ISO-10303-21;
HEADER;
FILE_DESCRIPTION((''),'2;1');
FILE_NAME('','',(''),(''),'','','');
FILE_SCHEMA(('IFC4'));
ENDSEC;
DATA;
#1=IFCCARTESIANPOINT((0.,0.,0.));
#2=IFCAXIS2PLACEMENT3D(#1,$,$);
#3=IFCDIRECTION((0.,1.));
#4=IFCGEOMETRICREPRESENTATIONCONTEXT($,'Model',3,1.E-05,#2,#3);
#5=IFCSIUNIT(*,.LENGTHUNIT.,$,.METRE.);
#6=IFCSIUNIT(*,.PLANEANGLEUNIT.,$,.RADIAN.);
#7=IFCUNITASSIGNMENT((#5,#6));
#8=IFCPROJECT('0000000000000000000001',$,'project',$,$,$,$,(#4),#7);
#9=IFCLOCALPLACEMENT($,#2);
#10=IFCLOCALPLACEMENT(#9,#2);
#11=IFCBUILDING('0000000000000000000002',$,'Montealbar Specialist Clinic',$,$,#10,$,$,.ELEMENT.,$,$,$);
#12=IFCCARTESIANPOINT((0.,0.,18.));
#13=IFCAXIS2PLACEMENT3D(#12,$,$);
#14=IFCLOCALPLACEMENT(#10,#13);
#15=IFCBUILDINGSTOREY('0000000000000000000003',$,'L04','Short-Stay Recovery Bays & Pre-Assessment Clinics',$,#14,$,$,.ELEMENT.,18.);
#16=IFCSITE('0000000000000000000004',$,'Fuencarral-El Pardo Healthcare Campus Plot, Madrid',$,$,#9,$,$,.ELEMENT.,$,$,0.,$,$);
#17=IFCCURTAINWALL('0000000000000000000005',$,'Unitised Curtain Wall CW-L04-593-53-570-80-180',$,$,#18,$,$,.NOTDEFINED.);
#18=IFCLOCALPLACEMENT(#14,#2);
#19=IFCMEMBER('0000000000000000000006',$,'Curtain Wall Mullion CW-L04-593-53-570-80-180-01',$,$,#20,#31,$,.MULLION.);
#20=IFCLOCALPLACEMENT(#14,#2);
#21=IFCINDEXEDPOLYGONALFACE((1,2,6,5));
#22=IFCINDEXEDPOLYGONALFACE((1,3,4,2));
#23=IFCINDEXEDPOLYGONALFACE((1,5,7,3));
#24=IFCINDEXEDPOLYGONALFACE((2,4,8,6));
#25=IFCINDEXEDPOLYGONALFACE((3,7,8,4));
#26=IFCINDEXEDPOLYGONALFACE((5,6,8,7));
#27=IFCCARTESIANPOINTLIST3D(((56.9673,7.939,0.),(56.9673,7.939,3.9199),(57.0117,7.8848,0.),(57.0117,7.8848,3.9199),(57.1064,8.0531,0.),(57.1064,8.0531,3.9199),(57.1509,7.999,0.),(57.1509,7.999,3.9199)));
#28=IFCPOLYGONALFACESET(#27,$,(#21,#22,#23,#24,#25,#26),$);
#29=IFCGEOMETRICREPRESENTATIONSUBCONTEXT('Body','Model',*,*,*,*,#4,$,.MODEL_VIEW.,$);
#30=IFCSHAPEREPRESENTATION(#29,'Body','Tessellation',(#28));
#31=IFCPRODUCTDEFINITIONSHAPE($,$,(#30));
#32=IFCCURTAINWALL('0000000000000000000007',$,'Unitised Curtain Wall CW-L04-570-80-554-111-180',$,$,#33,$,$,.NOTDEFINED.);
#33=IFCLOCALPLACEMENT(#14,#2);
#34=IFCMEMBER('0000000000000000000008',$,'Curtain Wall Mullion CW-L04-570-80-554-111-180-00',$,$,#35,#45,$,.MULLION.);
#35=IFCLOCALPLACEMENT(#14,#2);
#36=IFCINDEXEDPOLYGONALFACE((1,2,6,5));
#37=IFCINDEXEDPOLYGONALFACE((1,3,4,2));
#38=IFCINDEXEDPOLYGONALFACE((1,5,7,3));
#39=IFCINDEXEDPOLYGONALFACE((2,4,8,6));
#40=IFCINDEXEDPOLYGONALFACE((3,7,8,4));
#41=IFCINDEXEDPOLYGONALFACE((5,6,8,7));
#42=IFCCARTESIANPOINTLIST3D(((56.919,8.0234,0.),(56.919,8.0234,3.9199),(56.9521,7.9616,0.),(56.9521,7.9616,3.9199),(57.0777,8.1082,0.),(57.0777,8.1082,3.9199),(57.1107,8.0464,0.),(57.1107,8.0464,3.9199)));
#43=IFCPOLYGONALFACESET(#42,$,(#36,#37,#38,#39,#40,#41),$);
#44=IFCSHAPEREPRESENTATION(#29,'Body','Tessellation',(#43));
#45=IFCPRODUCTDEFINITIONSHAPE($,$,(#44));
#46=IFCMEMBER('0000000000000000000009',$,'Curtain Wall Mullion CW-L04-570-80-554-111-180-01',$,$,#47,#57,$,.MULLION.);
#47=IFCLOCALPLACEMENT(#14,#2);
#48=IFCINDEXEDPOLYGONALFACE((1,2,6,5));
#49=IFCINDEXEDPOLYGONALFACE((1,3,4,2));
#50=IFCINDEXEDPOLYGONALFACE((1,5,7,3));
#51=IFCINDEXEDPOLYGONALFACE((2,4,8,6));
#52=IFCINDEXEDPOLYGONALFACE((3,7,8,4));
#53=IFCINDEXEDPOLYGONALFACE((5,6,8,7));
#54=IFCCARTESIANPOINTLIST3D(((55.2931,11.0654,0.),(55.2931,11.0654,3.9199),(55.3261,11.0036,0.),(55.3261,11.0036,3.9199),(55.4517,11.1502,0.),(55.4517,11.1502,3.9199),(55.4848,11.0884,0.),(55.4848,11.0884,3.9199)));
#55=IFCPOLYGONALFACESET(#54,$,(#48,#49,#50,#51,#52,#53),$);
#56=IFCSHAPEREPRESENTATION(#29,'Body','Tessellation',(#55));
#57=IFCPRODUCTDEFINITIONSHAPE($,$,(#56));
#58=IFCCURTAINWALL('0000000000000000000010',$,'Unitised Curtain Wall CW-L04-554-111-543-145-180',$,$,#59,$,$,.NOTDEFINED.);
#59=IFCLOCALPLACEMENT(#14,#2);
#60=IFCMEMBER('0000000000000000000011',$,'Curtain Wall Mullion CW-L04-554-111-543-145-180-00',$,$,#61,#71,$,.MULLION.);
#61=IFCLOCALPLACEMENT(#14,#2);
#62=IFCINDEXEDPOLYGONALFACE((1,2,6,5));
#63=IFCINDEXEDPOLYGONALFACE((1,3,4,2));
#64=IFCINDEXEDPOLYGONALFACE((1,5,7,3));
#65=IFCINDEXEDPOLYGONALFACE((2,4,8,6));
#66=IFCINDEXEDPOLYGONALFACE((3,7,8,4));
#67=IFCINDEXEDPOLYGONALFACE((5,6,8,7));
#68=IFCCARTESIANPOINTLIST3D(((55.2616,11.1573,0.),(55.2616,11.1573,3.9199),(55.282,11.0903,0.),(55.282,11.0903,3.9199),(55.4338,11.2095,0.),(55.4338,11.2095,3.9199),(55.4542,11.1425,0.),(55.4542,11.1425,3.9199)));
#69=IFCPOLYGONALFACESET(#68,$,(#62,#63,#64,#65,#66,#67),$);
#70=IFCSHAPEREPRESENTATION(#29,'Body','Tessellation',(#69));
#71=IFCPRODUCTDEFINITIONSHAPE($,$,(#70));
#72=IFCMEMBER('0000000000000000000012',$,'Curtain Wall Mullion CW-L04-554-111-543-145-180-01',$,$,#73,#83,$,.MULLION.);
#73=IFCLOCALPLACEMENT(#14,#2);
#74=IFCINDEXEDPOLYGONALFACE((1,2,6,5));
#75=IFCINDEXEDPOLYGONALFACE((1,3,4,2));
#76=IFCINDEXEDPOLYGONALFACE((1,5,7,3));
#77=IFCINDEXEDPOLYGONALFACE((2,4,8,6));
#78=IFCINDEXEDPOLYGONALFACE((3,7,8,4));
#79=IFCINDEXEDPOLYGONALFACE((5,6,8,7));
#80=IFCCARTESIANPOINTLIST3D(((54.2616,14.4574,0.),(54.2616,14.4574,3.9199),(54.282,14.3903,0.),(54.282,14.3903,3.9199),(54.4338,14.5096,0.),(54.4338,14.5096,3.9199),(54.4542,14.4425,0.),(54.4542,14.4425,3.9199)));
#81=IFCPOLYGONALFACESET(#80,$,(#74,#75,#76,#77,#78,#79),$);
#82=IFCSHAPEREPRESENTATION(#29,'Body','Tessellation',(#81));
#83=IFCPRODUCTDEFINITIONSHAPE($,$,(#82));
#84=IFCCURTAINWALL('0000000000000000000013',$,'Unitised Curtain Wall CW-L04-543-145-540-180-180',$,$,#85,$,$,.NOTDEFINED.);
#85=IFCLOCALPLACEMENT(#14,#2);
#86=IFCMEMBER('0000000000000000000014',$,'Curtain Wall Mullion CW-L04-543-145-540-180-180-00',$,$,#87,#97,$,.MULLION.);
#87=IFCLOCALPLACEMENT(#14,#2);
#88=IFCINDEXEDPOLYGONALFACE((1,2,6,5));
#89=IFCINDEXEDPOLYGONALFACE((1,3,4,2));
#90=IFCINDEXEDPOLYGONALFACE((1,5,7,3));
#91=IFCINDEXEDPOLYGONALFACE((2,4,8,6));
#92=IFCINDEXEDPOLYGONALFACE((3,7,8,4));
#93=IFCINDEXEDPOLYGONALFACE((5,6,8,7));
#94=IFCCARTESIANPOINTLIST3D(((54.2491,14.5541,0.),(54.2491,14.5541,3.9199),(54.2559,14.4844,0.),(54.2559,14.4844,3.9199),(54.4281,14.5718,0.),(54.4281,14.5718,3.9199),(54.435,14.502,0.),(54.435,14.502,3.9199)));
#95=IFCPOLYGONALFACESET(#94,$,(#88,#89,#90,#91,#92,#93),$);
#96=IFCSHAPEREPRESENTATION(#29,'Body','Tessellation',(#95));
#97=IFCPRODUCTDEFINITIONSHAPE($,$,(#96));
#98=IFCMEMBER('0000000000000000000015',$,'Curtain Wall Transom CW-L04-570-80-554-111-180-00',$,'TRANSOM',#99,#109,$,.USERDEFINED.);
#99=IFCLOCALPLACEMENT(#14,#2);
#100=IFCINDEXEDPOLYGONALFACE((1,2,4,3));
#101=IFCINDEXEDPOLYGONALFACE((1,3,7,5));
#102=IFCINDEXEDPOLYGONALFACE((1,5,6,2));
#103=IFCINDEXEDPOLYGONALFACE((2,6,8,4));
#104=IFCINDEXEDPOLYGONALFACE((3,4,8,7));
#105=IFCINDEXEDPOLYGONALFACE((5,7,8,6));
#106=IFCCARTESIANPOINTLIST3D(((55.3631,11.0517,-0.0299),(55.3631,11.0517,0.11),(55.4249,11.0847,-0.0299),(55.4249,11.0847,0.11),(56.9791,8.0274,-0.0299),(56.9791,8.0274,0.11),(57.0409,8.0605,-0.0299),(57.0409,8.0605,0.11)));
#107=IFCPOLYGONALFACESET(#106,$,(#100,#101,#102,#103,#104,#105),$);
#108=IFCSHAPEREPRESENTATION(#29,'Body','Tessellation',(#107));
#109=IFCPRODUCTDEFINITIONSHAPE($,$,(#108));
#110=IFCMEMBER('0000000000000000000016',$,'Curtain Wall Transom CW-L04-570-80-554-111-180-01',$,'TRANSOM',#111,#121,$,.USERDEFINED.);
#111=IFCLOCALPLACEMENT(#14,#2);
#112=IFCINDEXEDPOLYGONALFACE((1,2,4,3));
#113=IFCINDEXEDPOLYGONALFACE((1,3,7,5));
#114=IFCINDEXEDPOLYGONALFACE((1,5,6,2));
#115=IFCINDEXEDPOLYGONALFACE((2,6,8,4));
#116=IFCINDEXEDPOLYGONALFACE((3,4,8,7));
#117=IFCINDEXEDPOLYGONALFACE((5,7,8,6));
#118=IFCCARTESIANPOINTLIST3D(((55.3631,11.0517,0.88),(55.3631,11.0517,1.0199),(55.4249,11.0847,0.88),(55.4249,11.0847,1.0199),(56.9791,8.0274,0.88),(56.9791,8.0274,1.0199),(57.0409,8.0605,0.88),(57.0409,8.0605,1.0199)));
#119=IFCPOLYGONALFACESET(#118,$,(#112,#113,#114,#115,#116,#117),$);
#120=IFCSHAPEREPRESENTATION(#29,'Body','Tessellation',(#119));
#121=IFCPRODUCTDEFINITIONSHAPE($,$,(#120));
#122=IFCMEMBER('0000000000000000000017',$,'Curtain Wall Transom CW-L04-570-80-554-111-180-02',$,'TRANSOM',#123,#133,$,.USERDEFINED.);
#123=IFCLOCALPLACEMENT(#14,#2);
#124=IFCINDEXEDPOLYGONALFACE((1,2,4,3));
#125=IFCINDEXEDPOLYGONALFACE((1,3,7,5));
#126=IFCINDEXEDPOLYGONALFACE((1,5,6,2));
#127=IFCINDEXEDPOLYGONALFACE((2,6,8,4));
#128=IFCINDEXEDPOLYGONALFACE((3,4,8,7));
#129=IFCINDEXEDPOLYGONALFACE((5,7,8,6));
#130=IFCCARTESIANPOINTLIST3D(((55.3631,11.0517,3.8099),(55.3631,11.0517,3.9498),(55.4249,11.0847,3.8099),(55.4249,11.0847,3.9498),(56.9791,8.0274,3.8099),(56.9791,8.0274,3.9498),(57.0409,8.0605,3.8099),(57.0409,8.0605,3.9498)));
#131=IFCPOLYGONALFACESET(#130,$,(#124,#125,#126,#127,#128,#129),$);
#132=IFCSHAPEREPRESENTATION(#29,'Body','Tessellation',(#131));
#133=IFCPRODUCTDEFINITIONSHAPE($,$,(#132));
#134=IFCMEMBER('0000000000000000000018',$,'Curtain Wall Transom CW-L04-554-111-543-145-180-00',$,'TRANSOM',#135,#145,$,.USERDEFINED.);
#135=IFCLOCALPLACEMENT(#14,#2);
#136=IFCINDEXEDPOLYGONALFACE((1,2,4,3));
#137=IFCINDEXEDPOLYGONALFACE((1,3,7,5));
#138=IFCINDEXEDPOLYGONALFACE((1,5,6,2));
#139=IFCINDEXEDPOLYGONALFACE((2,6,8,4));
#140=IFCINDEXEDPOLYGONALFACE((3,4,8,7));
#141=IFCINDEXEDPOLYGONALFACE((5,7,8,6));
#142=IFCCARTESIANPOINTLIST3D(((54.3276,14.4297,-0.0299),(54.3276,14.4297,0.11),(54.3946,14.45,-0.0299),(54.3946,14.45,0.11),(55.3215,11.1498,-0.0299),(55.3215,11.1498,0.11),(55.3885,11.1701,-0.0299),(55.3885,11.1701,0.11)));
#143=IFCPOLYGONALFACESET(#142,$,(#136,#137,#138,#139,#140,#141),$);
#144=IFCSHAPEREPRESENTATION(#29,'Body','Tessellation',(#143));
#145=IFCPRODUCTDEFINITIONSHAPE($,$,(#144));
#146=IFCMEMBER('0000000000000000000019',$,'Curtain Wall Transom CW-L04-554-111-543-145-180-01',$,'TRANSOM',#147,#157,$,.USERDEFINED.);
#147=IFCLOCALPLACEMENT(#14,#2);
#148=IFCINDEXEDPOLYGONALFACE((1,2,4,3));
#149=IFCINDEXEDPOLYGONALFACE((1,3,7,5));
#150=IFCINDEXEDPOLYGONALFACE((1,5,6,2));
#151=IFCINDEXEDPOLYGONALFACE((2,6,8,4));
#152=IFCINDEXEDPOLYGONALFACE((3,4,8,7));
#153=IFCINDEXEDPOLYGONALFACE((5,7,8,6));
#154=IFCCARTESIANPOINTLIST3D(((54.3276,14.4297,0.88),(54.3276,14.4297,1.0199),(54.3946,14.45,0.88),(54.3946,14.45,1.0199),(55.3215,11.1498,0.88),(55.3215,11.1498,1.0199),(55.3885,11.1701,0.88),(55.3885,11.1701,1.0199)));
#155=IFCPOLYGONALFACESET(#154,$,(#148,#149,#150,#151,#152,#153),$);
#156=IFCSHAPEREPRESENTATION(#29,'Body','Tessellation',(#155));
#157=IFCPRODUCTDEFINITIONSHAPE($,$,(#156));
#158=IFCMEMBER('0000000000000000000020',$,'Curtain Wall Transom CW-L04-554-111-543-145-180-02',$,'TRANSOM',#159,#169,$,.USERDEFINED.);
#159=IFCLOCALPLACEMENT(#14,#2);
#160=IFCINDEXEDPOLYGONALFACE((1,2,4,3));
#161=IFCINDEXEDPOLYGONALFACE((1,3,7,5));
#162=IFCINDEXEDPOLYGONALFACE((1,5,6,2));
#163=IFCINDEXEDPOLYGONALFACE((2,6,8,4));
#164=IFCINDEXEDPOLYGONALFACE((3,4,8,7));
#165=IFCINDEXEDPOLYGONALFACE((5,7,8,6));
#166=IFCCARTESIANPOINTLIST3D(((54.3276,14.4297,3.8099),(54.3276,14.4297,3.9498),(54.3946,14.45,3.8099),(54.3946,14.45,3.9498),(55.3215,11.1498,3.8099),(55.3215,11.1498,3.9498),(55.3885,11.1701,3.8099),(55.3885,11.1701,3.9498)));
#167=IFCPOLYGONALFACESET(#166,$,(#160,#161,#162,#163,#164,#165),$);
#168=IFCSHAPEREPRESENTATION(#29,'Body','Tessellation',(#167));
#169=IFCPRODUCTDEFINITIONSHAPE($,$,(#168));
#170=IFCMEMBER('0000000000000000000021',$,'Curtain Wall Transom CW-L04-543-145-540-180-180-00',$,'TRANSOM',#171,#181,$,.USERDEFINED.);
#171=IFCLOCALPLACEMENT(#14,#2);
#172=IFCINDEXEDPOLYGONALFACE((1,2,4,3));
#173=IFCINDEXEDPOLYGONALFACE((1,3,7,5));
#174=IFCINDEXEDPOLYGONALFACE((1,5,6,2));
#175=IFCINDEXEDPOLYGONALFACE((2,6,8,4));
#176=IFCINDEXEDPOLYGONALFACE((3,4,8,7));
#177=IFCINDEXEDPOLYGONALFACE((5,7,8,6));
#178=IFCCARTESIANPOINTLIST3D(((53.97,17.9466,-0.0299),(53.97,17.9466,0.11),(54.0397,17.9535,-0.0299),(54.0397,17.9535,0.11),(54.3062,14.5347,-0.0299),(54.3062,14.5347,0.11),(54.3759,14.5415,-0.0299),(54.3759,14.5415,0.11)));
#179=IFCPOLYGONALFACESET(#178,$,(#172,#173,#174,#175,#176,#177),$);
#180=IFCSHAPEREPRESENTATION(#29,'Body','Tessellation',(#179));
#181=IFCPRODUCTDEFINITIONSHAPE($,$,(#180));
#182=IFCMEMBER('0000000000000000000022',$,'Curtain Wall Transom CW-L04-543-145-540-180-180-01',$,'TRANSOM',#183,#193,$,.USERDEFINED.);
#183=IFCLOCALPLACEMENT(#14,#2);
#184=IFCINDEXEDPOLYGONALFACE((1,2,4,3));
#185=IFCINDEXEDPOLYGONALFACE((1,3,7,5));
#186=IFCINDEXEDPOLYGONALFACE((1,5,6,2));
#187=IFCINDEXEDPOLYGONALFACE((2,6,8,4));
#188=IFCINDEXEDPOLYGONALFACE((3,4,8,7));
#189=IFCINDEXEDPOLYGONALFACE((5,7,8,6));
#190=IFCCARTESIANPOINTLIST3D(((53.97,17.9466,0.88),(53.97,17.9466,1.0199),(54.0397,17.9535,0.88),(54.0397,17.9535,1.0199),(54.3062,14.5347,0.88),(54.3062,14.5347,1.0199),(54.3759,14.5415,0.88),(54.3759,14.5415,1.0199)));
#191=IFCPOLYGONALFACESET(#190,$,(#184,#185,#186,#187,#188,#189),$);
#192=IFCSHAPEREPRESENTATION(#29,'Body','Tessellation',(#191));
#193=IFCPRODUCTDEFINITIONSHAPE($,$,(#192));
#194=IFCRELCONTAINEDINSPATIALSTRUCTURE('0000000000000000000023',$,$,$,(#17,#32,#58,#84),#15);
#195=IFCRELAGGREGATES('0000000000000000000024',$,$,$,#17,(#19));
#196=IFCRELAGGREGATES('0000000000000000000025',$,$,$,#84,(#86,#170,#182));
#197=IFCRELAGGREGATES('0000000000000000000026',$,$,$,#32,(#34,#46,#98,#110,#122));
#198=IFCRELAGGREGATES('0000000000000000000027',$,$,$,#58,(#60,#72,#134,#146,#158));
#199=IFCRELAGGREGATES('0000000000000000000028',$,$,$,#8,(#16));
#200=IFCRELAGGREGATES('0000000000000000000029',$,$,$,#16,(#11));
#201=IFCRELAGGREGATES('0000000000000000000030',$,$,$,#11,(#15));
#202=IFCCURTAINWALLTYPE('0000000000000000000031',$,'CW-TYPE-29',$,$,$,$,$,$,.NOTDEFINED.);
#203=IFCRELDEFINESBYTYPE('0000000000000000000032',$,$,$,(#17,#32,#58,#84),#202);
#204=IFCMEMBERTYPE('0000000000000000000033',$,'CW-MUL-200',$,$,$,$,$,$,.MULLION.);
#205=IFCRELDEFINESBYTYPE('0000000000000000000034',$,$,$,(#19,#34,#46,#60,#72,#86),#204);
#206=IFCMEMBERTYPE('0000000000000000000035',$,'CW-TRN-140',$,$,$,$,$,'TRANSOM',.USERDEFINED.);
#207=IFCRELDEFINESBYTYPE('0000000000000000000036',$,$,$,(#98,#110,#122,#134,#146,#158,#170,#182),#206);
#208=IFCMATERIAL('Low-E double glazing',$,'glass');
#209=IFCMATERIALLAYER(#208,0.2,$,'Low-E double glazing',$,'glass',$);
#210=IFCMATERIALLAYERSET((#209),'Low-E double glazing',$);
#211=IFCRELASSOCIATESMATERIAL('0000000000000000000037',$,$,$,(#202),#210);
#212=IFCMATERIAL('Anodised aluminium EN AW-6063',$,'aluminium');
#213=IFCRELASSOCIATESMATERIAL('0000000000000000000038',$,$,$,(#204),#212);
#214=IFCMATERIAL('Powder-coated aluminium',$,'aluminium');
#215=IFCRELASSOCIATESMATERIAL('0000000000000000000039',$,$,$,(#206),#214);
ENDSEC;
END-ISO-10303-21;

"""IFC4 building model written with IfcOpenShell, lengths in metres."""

from ifc_helpers import new_model, si_unit, direction, frame, origin, origin_2d, place, context, subcontext, project, spatial, rectangle, extrude, material, layer, layer_set, material_profile, profile_set, type_object, element, aggregate, save


model = new_model("IFC4")

# Units and contexts
model_context = context("Model", 3, precision=1e-05, world=origin(), true_north=direction((0.0, 1.0)))
body_context = subcontext(model_context, "Body", "Model", "MODEL_VIEW")
ifc_project = project(units=[si_unit("LENGTHUNIT", "METRE"), si_unit("PLANEANGLEUNIT", "RADIAN")], contexts=[model_context])

# Site, building, storey
site_placement = place(None, origin())
site = spatial("IfcSite", under=ifc_project, at=site_placement, Name="Fuencarral-El Pardo Healthcare Campus Plot, Madrid", CompositionType="ELEMENT", RefElevation=0.0)
building_placement = place(site_placement, origin())
building = spatial("IfcBuilding", under=site, at=building_placement, Name="Montealbar Specialist Clinic", CompositionType="ELEMENT")
storey_placement = place(building_placement, frame((0.0, 0.0, 18.0)))
storey = spatial("IfcBuildingStorey", under=building, at=storey_placement, Name="L04", Description="Short-Stay Recovery Bays & Pre-Assessment Clinics", CompositionType="ELEMENT", Elevation=18.0)

# Curtain wall, member
ifc_material_1 = material(Name="Low-E double glazing", Category="glass")
ifc_layer_1 = layer(ifc_material_1, 0.2, Name="Low-E double glazing", Category="glass")
ifc_layer_set_1 = layer_set([ifc_layer_1], Name="Low-E double glazing")
curtain_wall_type = type_object("IfcCurtainWallType", Name="CW-TYPE-29", PredefinedType="NOTDEFINED", material=ifc_layer_set_1)
curtain_wall_1_placement = place(storey_placement, origin())
curtain_wall_1 = element("IfcCurtainWall", 1, at=curtain_wall_1_placement, inside=storey, type_object=curtain_wall_type, Name="Unitised Curtain Wall CW-L04-593-53-570-80-180", PredefinedType="NOTDEFINED")
ifc_material_2 = material(Name="Anodised aluminium EN AW-6063", Category="aluminium")
ifc_material_profile_1 = material_profile(ifc_material_2, rectangle(XDim=0.0701, YDim=0.1799, at=origin_2d()), Name="ALU 70x180", Category="aluminium")
ifc_profile_set_1 = profile_set([ifc_material_profile_1], Name="Anodised aluminium EN AW-6063")
member_type_1 = type_object("IfcMemberType", Name="CW-MUL-200", PredefinedType="MULLION", material=ifc_profile_set_1)
member_1_placement = place(storey_placement, frame((57.0591, 7.969, 0.0), z_axis=(0.0, 0.0, 1.0), x_axis=(-0.634256, 0.773123, 0.0)))
member_1 = element("IfcMember", 2, at=member_1_placement, type_object=member_type_1, Name="Curtain Wall Mullion CW-L04-593-53-570-80-180-01", PredefinedType="MULLION", context=body_context, shape_type="SweptSolid", body=[
    extrude(rectangle(XDim=0.0701, YDim=0.1799, at=origin_2d()), origin(), (0.0, 0.0, 1.0), 3.9199),
])
aggregate(curtain_wall_1, [member_1])

# Curtain walls, members
curtain_wall_2_placement = place(storey_placement, origin())
curtain_wall_2 = element("IfcCurtainWall", 3, at=curtain_wall_2_placement, inside=storey, type_object=curtain_wall_type, Name="Unitised Curtain Wall CW-L04-570-80-554-111-180", PredefinedType="NOTDEFINED")
member_2_placement = place(storey_placement, frame((57.0149, 8.0349, 0.0), z_axis=(0.0, 0.0, 1.0), x_axis=(-0.471529, 0.88185, 0.0)))
member_2 = element("IfcMember", 4, at=member_2_placement, type_object=member_type_1, Name="Curtain Wall Mullion CW-L04-570-80-554-111-180-00", PredefinedType="MULLION", context=body_context, shape_type="SweptSolid", body=[
    extrude(rectangle(XDim=0.0701, YDim=0.1799, at=origin_2d()), origin(), (0.0, 0.0, 1.0), 3.9199),
])
member_3_placement = place(storey_placement, frame((55.3889, 11.0769, 0.0), z_axis=(0.0, 0.0, 1.0), x_axis=(-0.471529, 0.88185, 0.0)))
member_3 = element("IfcMember", 5, at=member_3_placement, type_object=member_type_1, Name="Curtain Wall Mullion CW-L04-570-80-554-111-180-01", PredefinedType="MULLION", context=body_context, shape_type="SweptSolid", body=[
    extrude(rectangle(XDim=0.0701, YDim=0.1799, at=origin_2d()), origin(), (0.0, 0.0, 1.0), 3.9199),
])
curtain_wall_3_placement = place(storey_placement, origin())
curtain_wall_3 = element("IfcCurtainWall", 6, at=curtain_wall_3_placement, inside=storey, type_object=curtain_wall_type, Name="Unitised Curtain Wall CW-L04-554-111-543-145-180", PredefinedType="NOTDEFINED")
member_4_placement = place(storey_placement, frame((55.3579, 11.1499, 0.0), z_axis=(0.0, 0.0, 1.0), x_axis=(-0.290259, 0.956948, 0.0)))
member_4 = element("IfcMember", 7, at=member_4_placement, type_object=member_type_1, Name="Curtain Wall Mullion CW-L04-554-111-543-145-180-00", PredefinedType="MULLION", context=body_context, shape_type="SweptSolid", body=[
    extrude(rectangle(XDim=0.0701, YDim=0.1799, at=origin_2d()), origin(), (0.0, 0.0, 1.0), 3.9199),
])
member_5_placement = place(storey_placement, frame((54.3579, 14.45, 0.0), z_axis=(0.0, 0.0, 1.0), x_axis=(-0.290259, 0.956948, 0.0)))
member_5 = element("IfcMember", 8, at=member_5_placement, type_object=member_type_1, Name="Curtain Wall Mullion CW-L04-554-111-543-145-180-01", PredefinedType="MULLION", context=body_context, shape_type="SweptSolid", body=[
    extrude(rectangle(XDim=0.0701, YDim=0.1799, at=origin_2d()), origin(), (0.0, 0.0, 1.0), 3.9199),
])

# Curtain wall, member
curtain_wall_4_placement = place(storey_placement, origin())
curtain_wall_4 = element("IfcCurtainWall", 9, at=curtain_wall_4_placement, inside=storey, type_object=curtain_wall_type, Name="Unitised Curtain Wall CW-L04-543-145-540-180-180", PredefinedType="NOTDEFINED")
member_6_placement = place(storey_placement, frame((54.342, 14.5281, 0.0), z_axis=(0.0, 0.0, 1.0), x_axis=(-0.098045, 0.995182, 0.0)))
member_6 = element("IfcMember", 10, at=member_6_placement, type_object=member_type_1, Name="Curtain Wall Mullion CW-L04-543-145-540-180-180-00", PredefinedType="MULLION", context=body_context, shape_type="SweptSolid", body=[
    extrude(rectangle(XDim=0.0701, YDim=0.1799, at=origin_2d()), origin(), (0.0, 0.0, 1.0), 3.9199),
])

# Members
ifc_material_3 = material(Name="Powder-coated aluminium", Category="aluminium")
ifc_material_profile_2 = material_profile(ifc_material_3, rectangle(XDim=0.0701, YDim=0.1399, at=origin_2d()), Name="ALU 70x140", Category="aluminium")
ifc_profile_set_2 = profile_set([ifc_material_profile_2], Name="Powder-coated aluminium")
member_type_2 = type_object("IfcMemberType", Name="CW-TRN-140", ElementType="TRANSOM", PredefinedType="USERDEFINED", material=ifc_profile_set_2)
member_7_placement = place(storey_placement, frame((57.01, 8.0439, 0.04), z_axis=(-0.471287, 0.88198, 0.0), x_axis=(-0.88198, -0.471287, 0.0)))
member_7 = element("IfcMember", 11, at=member_7_placement, type_object=member_type_2, Name="Curtain Wall Transom CW-L04-570-80-554-111-180-00", ObjectType="TRANSOM", PredefinedType="USERDEFINED", context=body_context, shape_type="SweptSolid", body=[
    extrude(rectangle(XDim=0.0701, YDim=0.1399, at=origin_2d()), origin(), (0.0, 0.0, 1.0), 3.429),
])
member_8_placement = place(storey_placement, frame((57.01, 8.0439, 0.95), z_axis=(-0.471287, 0.88198, 0.0), x_axis=(-0.88198, -0.471287, 0.0)))
member_8 = element("IfcMember", 12, at=member_8_placement, type_object=member_type_2, Name="Curtain Wall Transom CW-L04-570-80-554-111-180-01", ObjectType="TRANSOM", PredefinedType="USERDEFINED", context=body_context, shape_type="SweptSolid", body=[
    extrude(rectangle(XDim=0.0701, YDim=0.1399, at=origin_2d()), origin(), (0.0, 0.0, 1.0), 3.429),
])
member_9_placement = place(storey_placement, frame((57.01, 8.0439, 3.8799), z_axis=(-0.471287, 0.88198, 0.0), x_axis=(-0.88198, -0.471287, 0.0)))
member_9 = element("IfcMember", 13, at=member_9_placement, type_object=member_type_2, Name="Curtain Wall Transom CW-L04-570-80-554-111-180-02", ObjectType="TRANSOM", PredefinedType="USERDEFINED", context=body_context, shape_type="SweptSolid", body=[
    extrude(rectangle(XDim=0.0701, YDim=0.1399, at=origin_2d()), origin(), (0.0, 0.0, 1.0), 3.429),
])
member_10_placement = place(storey_placement, frame((55.355, 11.1599, 0.04), z_axis=(-0.289994, 0.957029, 0.0), x_axis=(-0.957029, -0.289994, 0.0)))
member_10 = element("IfcMember", 14, at=member_10_placement, type_object=member_type_2, Name="Curtain Wall Transom CW-L04-554-111-543-145-180-00", ObjectType="TRANSOM", PredefinedType="USERDEFINED", context=body_context, shape_type="SweptSolid", body=[
    extrude(rectangle(XDim=0.0701, YDim=0.1399, at=origin_2d()), origin(), (0.0, 0.0, 1.0), 3.4272),
])
member_11_placement = place(storey_placement, frame((55.355, 11.1599, 0.95), z_axis=(-0.289994, 0.957029, 0.0), x_axis=(-0.957029, -0.289994, 0.0)))
member_11 = element("IfcMember", 15, at=member_11_placement, type_object=member_type_2, Name="Curtain Wall Transom CW-L04-554-111-543-145-180-01", ObjectType="TRANSOM", PredefinedType="USERDEFINED", context=body_context, shape_type="SweptSolid", body=[
    extrude(rectangle(XDim=0.0701, YDim=0.1399, at=origin_2d()), origin(), (0.0, 0.0, 1.0), 3.4272),
])
member_12_placement = place(storey_placement, frame((55.355, 11.1599, 3.8799), z_axis=(-0.289994, 0.957029, 0.0), x_axis=(-0.957029, -0.289994, 0.0)))
member_12 = element("IfcMember", 16, at=member_12_placement, type_object=member_type_2, Name="Curtain Wall Transom CW-L04-554-111-543-145-180-02", ObjectType="TRANSOM", PredefinedType="USERDEFINED", context=body_context, shape_type="SweptSolid", body=[
    extrude(rectangle(XDim=0.0701, YDim=0.1399, at=origin_2d()), origin(), (0.0, 0.0, 1.0), 3.4272),
])
member_13_placement = place(storey_placement, frame((54.3411, 14.5381, 0.04), z_axis=(-0.098058, 0.995181, 0.0), x_axis=(-0.995181, -0.098058, 0.0)))
member_13 = element("IfcMember", 17, at=member_13_placement, type_object=member_type_2, Name="Curtain Wall Transom CW-L04-543-145-540-180-180-00", ObjectType="TRANSOM", PredefinedType="USERDEFINED", context=body_context, shape_type="SweptSolid", body=[
    extrude(rectangle(XDim=0.0701, YDim=0.1399, at=origin_2d()), origin(), (0.0, 0.0, 1.0), 3.4285),
])
member_14_placement = place(storey_placement, frame((54.3411, 14.5381, 0.95), z_axis=(-0.098058, 0.995181, 0.0), x_axis=(-0.995181, -0.098058, 0.0)))
member_14 = element("IfcMember", 18, at=member_14_placement, type_object=member_type_2, Name="Curtain Wall Transom CW-L04-543-145-540-180-180-01", ObjectType="TRANSOM", PredefinedType="USERDEFINED", context=body_context, shape_type="SweptSolid", body=[
    extrude(rectangle(XDim=0.0701, YDim=0.1399, at=origin_2d()), origin(), (0.0, 0.0, 1.0), 3.4285),
])
aggregate(curtain_wall_4, [member_6, member_13, member_14])

aggregate(curtain_wall_2, [member_2, member_3, member_7, member_8, member_9])
aggregate(curtain_wall_3, [member_4, member_5, member_10, member_11, member_12])

save(model, "model.ifc")
